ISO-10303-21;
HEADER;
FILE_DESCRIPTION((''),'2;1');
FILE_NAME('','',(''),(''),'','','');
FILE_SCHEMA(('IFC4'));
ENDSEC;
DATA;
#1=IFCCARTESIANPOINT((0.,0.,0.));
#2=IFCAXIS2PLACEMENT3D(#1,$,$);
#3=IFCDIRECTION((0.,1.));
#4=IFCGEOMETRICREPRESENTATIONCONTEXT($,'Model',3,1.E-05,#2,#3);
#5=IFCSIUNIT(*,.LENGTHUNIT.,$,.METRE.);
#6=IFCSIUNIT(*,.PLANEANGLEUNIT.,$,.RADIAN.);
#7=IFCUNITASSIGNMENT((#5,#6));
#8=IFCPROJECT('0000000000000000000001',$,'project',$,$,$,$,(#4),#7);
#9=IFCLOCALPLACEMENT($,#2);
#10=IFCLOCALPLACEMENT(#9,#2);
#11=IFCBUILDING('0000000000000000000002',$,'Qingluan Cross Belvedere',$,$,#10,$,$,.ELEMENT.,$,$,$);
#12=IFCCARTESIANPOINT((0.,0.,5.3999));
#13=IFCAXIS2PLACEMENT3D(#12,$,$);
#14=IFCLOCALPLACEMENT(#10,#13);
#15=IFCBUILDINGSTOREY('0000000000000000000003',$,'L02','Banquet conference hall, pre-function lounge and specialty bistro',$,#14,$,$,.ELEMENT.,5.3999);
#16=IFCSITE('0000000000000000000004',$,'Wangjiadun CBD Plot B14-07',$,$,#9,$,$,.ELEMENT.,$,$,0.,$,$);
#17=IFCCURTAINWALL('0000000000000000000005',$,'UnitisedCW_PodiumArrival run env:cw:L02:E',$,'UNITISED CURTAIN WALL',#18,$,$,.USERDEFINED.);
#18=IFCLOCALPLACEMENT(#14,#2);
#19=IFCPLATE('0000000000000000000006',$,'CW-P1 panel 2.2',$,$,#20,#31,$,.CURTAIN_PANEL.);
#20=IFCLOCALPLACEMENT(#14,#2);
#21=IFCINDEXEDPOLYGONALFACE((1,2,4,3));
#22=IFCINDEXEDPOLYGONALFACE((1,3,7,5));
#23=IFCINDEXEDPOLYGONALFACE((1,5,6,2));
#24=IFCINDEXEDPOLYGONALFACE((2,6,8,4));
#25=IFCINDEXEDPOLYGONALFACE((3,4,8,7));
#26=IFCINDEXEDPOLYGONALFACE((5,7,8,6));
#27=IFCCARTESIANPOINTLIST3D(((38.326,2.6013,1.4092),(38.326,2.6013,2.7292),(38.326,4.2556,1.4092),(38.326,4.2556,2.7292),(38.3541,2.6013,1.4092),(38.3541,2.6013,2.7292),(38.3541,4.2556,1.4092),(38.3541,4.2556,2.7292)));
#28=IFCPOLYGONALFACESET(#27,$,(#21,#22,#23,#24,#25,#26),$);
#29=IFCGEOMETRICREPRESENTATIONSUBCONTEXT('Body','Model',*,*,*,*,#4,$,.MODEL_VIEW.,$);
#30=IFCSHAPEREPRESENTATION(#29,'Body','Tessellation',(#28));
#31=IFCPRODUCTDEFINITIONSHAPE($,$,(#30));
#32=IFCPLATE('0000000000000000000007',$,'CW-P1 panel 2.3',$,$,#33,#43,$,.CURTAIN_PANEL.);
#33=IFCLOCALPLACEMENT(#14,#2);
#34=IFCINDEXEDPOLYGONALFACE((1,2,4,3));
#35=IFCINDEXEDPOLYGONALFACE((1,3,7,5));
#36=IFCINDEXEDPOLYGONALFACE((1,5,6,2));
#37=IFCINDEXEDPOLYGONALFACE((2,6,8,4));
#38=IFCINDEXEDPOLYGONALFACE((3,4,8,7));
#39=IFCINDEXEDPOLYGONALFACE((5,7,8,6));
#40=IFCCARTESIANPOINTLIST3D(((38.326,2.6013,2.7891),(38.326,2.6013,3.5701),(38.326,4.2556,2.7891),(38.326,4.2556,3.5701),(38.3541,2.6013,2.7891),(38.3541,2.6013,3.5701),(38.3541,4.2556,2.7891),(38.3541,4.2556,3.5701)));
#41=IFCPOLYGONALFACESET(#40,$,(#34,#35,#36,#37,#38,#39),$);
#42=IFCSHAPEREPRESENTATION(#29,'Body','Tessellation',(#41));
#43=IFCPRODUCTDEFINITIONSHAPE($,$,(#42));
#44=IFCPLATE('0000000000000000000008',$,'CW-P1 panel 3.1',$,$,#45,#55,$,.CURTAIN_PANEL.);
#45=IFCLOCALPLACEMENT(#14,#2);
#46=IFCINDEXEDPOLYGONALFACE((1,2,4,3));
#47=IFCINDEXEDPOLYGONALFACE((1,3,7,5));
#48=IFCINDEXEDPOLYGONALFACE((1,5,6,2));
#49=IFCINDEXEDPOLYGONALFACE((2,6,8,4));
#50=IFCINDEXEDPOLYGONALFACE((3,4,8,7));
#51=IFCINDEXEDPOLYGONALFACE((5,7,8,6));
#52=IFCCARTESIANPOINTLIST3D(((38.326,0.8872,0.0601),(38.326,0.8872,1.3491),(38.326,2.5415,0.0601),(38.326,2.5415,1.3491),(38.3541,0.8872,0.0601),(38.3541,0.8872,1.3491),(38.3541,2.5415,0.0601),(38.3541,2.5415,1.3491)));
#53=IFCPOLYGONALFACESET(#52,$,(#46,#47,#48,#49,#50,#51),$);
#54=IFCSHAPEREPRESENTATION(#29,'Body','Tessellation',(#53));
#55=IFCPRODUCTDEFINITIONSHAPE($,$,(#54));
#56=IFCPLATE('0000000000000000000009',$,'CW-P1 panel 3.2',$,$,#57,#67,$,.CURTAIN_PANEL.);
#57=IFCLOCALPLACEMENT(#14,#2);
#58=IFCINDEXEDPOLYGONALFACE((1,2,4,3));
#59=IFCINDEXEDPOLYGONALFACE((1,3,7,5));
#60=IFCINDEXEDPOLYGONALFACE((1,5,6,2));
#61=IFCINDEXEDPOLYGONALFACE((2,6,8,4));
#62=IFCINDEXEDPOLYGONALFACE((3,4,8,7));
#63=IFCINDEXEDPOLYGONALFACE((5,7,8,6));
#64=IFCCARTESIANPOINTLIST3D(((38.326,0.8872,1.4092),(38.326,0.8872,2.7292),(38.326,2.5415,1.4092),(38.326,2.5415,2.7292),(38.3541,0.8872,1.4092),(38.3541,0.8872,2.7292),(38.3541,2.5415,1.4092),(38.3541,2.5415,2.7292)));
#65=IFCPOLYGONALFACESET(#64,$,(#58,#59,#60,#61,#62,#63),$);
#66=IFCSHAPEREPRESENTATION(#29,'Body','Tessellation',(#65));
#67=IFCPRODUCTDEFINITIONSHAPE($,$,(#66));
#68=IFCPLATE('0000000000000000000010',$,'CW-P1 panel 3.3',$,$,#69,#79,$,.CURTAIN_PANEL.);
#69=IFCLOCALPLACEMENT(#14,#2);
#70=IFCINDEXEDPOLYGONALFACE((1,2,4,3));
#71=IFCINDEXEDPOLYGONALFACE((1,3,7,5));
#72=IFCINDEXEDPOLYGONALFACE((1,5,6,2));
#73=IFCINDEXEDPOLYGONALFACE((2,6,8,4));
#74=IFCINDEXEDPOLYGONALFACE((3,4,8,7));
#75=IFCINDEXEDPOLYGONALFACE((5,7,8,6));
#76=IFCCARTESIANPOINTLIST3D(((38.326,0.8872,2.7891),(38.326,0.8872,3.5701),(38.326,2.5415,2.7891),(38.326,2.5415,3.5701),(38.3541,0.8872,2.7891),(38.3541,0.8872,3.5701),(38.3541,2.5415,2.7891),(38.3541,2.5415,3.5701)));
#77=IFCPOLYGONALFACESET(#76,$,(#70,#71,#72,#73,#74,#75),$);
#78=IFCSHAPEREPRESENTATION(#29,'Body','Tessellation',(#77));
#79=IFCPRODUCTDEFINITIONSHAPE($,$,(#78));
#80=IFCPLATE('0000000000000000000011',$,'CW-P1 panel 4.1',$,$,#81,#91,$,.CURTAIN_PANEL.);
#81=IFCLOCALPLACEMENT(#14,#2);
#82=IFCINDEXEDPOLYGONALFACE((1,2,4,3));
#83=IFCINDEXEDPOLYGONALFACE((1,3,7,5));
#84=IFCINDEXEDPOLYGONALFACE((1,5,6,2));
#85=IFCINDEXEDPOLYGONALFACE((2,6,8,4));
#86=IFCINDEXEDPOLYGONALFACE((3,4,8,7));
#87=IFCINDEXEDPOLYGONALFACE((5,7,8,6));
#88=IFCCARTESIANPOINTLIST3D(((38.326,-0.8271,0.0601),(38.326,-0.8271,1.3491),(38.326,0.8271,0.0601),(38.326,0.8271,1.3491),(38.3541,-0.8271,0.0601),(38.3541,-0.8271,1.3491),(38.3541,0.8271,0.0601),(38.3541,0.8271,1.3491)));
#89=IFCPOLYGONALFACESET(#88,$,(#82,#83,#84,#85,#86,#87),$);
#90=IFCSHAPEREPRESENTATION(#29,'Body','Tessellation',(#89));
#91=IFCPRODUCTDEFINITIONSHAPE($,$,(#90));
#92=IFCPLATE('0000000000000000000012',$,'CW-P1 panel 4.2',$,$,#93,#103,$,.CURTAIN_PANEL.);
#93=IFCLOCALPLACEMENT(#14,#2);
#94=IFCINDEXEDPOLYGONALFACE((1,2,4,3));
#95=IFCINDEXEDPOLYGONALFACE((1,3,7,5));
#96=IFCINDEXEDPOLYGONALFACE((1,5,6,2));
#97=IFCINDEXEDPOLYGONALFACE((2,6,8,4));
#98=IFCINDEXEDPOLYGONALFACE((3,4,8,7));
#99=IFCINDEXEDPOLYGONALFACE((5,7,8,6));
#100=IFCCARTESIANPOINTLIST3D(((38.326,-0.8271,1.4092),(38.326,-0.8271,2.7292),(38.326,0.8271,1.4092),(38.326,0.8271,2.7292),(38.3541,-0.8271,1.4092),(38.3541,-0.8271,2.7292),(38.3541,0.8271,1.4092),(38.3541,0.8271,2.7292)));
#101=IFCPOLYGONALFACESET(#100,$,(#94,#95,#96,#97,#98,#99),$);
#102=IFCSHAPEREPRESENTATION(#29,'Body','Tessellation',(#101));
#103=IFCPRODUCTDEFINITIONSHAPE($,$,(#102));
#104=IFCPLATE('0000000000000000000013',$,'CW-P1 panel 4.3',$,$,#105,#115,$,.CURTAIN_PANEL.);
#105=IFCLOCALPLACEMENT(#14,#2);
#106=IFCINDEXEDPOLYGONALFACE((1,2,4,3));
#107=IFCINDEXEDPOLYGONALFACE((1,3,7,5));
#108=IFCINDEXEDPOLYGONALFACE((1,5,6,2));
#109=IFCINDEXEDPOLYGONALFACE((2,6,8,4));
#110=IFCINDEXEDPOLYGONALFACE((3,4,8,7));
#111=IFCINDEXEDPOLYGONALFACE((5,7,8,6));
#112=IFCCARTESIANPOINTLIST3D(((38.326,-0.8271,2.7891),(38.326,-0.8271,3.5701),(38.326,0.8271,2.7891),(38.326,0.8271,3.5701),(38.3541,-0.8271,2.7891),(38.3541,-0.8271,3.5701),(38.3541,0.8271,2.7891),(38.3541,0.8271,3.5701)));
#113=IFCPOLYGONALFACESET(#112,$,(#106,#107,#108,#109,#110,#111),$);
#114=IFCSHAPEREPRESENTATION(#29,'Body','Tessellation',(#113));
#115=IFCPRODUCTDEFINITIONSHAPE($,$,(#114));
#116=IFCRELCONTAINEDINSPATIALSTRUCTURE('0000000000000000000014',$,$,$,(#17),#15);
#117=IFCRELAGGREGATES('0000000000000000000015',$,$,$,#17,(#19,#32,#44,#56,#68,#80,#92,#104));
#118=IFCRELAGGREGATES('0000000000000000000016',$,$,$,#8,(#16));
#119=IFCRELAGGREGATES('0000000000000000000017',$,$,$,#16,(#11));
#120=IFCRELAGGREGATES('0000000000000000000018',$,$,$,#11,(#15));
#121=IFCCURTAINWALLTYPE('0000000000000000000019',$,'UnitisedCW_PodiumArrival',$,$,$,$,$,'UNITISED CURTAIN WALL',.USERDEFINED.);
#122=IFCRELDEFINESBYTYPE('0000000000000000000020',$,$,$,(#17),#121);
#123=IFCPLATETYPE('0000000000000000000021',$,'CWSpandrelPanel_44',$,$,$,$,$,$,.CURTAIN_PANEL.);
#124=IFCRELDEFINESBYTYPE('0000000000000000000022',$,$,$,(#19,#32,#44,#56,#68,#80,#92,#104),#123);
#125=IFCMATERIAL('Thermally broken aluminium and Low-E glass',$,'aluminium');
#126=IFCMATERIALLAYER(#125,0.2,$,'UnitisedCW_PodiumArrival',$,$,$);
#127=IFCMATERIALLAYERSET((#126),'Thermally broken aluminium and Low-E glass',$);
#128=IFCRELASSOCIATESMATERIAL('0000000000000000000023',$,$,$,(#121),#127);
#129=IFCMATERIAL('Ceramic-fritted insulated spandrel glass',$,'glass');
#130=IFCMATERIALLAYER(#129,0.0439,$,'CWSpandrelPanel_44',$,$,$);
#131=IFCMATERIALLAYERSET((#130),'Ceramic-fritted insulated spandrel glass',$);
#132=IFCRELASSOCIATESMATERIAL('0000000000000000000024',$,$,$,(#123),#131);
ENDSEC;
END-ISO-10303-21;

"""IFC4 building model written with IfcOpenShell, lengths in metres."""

from ifc_helpers import new_model, si_unit, direction, frame, origin, origin_2d, place, context, subcontext, project, spatial, rectangle, extrude, material, layer, layer_set, type_object, element, aggregate, save


model = new_model("IFC4")

# Units and contexts
model_context = context("Model", 3, precision=1e-05, world=origin(), true_north=direction((0.0, 1.0)))
body_context = subcontext(model_context, "Body", "Model", "MODEL_VIEW")
ifc_project = project(units=[si_unit("LENGTHUNIT", "METRE"), si_unit("PLANEANGLEUNIT", "RADIAN")], contexts=[model_context])

# Site, building, storey
site_placement = place(None, origin())
site = spatial("IfcSite", under=ifc_project, at=site_placement, Name="Wangjiadun CBD Plot B14-07", CompositionType="ELEMENT", RefElevation=0.0)
building_placement = place(site_placement, origin())
building = spatial("IfcBuilding", under=site, at=building_placement, Name="Qingluan Cross Belvedere", CompositionType="ELEMENT")
storey_placement = place(building_placement, frame((0.0, 0.0, 5.3999)))
storey = spatial("IfcBuildingStorey", under=building, at=storey_placement, Name="L02", Description="Banquet conference hall, pre-function lounge and specialty bistro", CompositionType="ELEMENT", Elevation=5.3999)

# Curtain wall, plates
ifc_material_1 = material(Name="Thermally broken aluminium and Low-E glass", Category="aluminium")
ifc_layer_1 = layer(ifc_material_1, 0.2, Name="UnitisedCW_PodiumArrival")
ifc_layer_set_1 = layer_set([ifc_layer_1], Name="Thermally broken aluminium and Low-E glass")
curtain_wall_type = type_object("IfcCurtainWallType", Name="UnitisedCW_PodiumArrival", ElementType="UNITISED CURTAIN WALL", PredefinedType="USERDEFINED", material=ifc_layer_set_1)
curtain_wall_placement = place(storey_placement, origin())
curtain_wall = element("IfcCurtainWall", 1, at=curtain_wall_placement, inside=storey, type_object=curtain_wall_type, Name="UnitisedCW_PodiumArrival run env:cw:L02:E", ObjectType="UNITISED CURTAIN WALL", PredefinedType="USERDEFINED")
ifc_material_2 = material(Name="Ceramic-fritted insulated spandrel glass", Category="glass")
ifc_layer_2 = layer(ifc_material_2, 0.0439, Name="CWSpandrelPanel_44")
ifc_layer_set_2 = layer_set([ifc_layer_2], Name="Ceramic-fritted insulated spandrel glass")
plate_type = type_object("IfcPlateType", Name="CWSpandrelPanel_44", PredefinedType="CURTAIN_PANEL", material=ifc_layer_set_2)
plate_1_placement = place(storey_placement, frame((38.3401, 3.4285, 1.4092), z_axis=(0.0, 0.0, 1.0), x_axis=(0.0, -1.0, 0.0)))
plate_1 = element("IfcPlate", 2, at=plate_1_placement, type_object=plate_type, Name="CW-P1 panel 2.2", PredefinedType="CURTAIN_PANEL", context=body_context, shape_type="SweptSolid", body=[
    extrude(rectangle(XDim=1.6543, YDim=0.0281, at=origin_2d()), origin(), (0.0, 0.0, 1.0), 1.3201),
])
plate_2_placement = place(storey_placement, frame((38.3401, 3.4285, 2.7891), z_axis=(0.0, 0.0, 1.0), x_axis=(0.0, -1.0, 0.0)))
plate_2 = element("IfcPlate", 3, at=plate_2_placement, type_object=plate_type, Name="CW-P1 panel 2.3", PredefinedType="CURTAIN_PANEL", context=body_context, shape_type="SweptSolid", body=[
    extrude(rectangle(XDim=1.6543, YDim=0.0281, at=origin_2d()), origin(), (0.0, 0.0, 1.0), 0.781),
])
plate_3_placement = place(storey_placement, frame((38.3401, 1.7144, 0.0601), z_axis=(0.0, 0.0, 1.0), x_axis=(0.0, -1.0, 0.0)))
plate_3 = element("IfcPlate", 4, at=plate_3_placement, type_object=plate_type, Name="CW-P1 panel 3.1", PredefinedType="CURTAIN_PANEL", context=body_context, shape_type="SweptSolid", body=[
    extrude(rectangle(XDim=1.6543, YDim=0.0281, at=origin_2d()), origin(), (0.0, 0.0, 1.0), 1.2891),
])
plate_4_placement = place(storey_placement, frame((38.3401, 1.7144, 1.4092), z_axis=(0.0, 0.0, 1.0), x_axis=(0.0, -1.0, 0.0)))
plate_4 = element("IfcPlate", 5, at=plate_4_placement, type_object=plate_type, Name="CW-P1 panel 3.2", PredefinedType="CURTAIN_PANEL", context=body_context, shape_type="SweptSolid", body=[
    extrude(rectangle(XDim=1.6543, YDim=0.0281, at=origin_2d()), origin(), (0.0, 0.0, 1.0), 1.3201),
])
plate_5_placement = place(storey_placement, frame((38.3401, 1.7144, 2.7891), z_axis=(0.0, 0.0, 1.0), x_axis=(0.0, -1.0, 0.0)))
plate_5 = element("IfcPlate", 6, at=plate_5_placement, type_object=plate_type, Name="CW-P1 panel 3.3", PredefinedType="CURTAIN_PANEL", context=body_context, shape_type="SweptSolid", body=[
    extrude(rectangle(XDim=1.6543, YDim=0.0281, at=origin_2d()), origin(), (0.0, 0.0, 1.0), 0.781),
])
plate_6_placement = place(storey_placement, frame((38.3401, 0.0, 0.0601), z_axis=(0.0, 0.0, 1.0), x_axis=(0.0, -1.0, 0.0)))
plate_6 = element("IfcPlate", 7, at=plate_6_placement, type_object=plate_type, Name="CW-P1 panel 4.1", PredefinedType="CURTAIN_PANEL", context=body_context, shape_type="SweptSolid", body=[
    extrude(rectangle(XDim=1.6543, YDim=0.0281, at=origin_2d()), origin(), (0.0, 0.0, 1.0), 1.2891),
])
plate_7_placement = place(storey_placement, frame((38.3401, 0.0, 1.4092), z_axis=(0.0, 0.0, 1.0), x_axis=(0.0, -1.0, 0.0)))
plate_7 = element("IfcPlate", 8, at=plate_7_placement, type_object=plate_type, Name="CW-P1 panel 4.2", PredefinedType="CURTAIN_PANEL", context=body_context, shape_type="SweptSolid", body=[
    extrude(rectangle(XDim=1.6543, YDim=0.0281, at=origin_2d()), origin(), (0.0, 0.0, 1.0), 1.3201),
])
plate_8_placement = place(storey_placement, frame((38.3401, 0.0, 2.7891), z_axis=(0.0, 0.0, 1.0), x_axis=(0.0, -1.0, 0.0)))
plate_8 = element("IfcPlate", 9, at=plate_8_placement, type_object=plate_type, Name="CW-P1 panel 4.3", PredefinedType="CURTAIN_PANEL", context=body_context, shape_type="SweptSolid", body=[
    extrude(rectangle(XDim=1.6543, YDim=0.0281, at=origin_2d()), origin(), (0.0, 0.0, 1.0), 0.781),
])
aggregate(curtain_wall, [plate_1, plate_2, plate_3, plate_4, plate_5, plate_6, plate_7, plate_8])

save(model, "model.ifc")
